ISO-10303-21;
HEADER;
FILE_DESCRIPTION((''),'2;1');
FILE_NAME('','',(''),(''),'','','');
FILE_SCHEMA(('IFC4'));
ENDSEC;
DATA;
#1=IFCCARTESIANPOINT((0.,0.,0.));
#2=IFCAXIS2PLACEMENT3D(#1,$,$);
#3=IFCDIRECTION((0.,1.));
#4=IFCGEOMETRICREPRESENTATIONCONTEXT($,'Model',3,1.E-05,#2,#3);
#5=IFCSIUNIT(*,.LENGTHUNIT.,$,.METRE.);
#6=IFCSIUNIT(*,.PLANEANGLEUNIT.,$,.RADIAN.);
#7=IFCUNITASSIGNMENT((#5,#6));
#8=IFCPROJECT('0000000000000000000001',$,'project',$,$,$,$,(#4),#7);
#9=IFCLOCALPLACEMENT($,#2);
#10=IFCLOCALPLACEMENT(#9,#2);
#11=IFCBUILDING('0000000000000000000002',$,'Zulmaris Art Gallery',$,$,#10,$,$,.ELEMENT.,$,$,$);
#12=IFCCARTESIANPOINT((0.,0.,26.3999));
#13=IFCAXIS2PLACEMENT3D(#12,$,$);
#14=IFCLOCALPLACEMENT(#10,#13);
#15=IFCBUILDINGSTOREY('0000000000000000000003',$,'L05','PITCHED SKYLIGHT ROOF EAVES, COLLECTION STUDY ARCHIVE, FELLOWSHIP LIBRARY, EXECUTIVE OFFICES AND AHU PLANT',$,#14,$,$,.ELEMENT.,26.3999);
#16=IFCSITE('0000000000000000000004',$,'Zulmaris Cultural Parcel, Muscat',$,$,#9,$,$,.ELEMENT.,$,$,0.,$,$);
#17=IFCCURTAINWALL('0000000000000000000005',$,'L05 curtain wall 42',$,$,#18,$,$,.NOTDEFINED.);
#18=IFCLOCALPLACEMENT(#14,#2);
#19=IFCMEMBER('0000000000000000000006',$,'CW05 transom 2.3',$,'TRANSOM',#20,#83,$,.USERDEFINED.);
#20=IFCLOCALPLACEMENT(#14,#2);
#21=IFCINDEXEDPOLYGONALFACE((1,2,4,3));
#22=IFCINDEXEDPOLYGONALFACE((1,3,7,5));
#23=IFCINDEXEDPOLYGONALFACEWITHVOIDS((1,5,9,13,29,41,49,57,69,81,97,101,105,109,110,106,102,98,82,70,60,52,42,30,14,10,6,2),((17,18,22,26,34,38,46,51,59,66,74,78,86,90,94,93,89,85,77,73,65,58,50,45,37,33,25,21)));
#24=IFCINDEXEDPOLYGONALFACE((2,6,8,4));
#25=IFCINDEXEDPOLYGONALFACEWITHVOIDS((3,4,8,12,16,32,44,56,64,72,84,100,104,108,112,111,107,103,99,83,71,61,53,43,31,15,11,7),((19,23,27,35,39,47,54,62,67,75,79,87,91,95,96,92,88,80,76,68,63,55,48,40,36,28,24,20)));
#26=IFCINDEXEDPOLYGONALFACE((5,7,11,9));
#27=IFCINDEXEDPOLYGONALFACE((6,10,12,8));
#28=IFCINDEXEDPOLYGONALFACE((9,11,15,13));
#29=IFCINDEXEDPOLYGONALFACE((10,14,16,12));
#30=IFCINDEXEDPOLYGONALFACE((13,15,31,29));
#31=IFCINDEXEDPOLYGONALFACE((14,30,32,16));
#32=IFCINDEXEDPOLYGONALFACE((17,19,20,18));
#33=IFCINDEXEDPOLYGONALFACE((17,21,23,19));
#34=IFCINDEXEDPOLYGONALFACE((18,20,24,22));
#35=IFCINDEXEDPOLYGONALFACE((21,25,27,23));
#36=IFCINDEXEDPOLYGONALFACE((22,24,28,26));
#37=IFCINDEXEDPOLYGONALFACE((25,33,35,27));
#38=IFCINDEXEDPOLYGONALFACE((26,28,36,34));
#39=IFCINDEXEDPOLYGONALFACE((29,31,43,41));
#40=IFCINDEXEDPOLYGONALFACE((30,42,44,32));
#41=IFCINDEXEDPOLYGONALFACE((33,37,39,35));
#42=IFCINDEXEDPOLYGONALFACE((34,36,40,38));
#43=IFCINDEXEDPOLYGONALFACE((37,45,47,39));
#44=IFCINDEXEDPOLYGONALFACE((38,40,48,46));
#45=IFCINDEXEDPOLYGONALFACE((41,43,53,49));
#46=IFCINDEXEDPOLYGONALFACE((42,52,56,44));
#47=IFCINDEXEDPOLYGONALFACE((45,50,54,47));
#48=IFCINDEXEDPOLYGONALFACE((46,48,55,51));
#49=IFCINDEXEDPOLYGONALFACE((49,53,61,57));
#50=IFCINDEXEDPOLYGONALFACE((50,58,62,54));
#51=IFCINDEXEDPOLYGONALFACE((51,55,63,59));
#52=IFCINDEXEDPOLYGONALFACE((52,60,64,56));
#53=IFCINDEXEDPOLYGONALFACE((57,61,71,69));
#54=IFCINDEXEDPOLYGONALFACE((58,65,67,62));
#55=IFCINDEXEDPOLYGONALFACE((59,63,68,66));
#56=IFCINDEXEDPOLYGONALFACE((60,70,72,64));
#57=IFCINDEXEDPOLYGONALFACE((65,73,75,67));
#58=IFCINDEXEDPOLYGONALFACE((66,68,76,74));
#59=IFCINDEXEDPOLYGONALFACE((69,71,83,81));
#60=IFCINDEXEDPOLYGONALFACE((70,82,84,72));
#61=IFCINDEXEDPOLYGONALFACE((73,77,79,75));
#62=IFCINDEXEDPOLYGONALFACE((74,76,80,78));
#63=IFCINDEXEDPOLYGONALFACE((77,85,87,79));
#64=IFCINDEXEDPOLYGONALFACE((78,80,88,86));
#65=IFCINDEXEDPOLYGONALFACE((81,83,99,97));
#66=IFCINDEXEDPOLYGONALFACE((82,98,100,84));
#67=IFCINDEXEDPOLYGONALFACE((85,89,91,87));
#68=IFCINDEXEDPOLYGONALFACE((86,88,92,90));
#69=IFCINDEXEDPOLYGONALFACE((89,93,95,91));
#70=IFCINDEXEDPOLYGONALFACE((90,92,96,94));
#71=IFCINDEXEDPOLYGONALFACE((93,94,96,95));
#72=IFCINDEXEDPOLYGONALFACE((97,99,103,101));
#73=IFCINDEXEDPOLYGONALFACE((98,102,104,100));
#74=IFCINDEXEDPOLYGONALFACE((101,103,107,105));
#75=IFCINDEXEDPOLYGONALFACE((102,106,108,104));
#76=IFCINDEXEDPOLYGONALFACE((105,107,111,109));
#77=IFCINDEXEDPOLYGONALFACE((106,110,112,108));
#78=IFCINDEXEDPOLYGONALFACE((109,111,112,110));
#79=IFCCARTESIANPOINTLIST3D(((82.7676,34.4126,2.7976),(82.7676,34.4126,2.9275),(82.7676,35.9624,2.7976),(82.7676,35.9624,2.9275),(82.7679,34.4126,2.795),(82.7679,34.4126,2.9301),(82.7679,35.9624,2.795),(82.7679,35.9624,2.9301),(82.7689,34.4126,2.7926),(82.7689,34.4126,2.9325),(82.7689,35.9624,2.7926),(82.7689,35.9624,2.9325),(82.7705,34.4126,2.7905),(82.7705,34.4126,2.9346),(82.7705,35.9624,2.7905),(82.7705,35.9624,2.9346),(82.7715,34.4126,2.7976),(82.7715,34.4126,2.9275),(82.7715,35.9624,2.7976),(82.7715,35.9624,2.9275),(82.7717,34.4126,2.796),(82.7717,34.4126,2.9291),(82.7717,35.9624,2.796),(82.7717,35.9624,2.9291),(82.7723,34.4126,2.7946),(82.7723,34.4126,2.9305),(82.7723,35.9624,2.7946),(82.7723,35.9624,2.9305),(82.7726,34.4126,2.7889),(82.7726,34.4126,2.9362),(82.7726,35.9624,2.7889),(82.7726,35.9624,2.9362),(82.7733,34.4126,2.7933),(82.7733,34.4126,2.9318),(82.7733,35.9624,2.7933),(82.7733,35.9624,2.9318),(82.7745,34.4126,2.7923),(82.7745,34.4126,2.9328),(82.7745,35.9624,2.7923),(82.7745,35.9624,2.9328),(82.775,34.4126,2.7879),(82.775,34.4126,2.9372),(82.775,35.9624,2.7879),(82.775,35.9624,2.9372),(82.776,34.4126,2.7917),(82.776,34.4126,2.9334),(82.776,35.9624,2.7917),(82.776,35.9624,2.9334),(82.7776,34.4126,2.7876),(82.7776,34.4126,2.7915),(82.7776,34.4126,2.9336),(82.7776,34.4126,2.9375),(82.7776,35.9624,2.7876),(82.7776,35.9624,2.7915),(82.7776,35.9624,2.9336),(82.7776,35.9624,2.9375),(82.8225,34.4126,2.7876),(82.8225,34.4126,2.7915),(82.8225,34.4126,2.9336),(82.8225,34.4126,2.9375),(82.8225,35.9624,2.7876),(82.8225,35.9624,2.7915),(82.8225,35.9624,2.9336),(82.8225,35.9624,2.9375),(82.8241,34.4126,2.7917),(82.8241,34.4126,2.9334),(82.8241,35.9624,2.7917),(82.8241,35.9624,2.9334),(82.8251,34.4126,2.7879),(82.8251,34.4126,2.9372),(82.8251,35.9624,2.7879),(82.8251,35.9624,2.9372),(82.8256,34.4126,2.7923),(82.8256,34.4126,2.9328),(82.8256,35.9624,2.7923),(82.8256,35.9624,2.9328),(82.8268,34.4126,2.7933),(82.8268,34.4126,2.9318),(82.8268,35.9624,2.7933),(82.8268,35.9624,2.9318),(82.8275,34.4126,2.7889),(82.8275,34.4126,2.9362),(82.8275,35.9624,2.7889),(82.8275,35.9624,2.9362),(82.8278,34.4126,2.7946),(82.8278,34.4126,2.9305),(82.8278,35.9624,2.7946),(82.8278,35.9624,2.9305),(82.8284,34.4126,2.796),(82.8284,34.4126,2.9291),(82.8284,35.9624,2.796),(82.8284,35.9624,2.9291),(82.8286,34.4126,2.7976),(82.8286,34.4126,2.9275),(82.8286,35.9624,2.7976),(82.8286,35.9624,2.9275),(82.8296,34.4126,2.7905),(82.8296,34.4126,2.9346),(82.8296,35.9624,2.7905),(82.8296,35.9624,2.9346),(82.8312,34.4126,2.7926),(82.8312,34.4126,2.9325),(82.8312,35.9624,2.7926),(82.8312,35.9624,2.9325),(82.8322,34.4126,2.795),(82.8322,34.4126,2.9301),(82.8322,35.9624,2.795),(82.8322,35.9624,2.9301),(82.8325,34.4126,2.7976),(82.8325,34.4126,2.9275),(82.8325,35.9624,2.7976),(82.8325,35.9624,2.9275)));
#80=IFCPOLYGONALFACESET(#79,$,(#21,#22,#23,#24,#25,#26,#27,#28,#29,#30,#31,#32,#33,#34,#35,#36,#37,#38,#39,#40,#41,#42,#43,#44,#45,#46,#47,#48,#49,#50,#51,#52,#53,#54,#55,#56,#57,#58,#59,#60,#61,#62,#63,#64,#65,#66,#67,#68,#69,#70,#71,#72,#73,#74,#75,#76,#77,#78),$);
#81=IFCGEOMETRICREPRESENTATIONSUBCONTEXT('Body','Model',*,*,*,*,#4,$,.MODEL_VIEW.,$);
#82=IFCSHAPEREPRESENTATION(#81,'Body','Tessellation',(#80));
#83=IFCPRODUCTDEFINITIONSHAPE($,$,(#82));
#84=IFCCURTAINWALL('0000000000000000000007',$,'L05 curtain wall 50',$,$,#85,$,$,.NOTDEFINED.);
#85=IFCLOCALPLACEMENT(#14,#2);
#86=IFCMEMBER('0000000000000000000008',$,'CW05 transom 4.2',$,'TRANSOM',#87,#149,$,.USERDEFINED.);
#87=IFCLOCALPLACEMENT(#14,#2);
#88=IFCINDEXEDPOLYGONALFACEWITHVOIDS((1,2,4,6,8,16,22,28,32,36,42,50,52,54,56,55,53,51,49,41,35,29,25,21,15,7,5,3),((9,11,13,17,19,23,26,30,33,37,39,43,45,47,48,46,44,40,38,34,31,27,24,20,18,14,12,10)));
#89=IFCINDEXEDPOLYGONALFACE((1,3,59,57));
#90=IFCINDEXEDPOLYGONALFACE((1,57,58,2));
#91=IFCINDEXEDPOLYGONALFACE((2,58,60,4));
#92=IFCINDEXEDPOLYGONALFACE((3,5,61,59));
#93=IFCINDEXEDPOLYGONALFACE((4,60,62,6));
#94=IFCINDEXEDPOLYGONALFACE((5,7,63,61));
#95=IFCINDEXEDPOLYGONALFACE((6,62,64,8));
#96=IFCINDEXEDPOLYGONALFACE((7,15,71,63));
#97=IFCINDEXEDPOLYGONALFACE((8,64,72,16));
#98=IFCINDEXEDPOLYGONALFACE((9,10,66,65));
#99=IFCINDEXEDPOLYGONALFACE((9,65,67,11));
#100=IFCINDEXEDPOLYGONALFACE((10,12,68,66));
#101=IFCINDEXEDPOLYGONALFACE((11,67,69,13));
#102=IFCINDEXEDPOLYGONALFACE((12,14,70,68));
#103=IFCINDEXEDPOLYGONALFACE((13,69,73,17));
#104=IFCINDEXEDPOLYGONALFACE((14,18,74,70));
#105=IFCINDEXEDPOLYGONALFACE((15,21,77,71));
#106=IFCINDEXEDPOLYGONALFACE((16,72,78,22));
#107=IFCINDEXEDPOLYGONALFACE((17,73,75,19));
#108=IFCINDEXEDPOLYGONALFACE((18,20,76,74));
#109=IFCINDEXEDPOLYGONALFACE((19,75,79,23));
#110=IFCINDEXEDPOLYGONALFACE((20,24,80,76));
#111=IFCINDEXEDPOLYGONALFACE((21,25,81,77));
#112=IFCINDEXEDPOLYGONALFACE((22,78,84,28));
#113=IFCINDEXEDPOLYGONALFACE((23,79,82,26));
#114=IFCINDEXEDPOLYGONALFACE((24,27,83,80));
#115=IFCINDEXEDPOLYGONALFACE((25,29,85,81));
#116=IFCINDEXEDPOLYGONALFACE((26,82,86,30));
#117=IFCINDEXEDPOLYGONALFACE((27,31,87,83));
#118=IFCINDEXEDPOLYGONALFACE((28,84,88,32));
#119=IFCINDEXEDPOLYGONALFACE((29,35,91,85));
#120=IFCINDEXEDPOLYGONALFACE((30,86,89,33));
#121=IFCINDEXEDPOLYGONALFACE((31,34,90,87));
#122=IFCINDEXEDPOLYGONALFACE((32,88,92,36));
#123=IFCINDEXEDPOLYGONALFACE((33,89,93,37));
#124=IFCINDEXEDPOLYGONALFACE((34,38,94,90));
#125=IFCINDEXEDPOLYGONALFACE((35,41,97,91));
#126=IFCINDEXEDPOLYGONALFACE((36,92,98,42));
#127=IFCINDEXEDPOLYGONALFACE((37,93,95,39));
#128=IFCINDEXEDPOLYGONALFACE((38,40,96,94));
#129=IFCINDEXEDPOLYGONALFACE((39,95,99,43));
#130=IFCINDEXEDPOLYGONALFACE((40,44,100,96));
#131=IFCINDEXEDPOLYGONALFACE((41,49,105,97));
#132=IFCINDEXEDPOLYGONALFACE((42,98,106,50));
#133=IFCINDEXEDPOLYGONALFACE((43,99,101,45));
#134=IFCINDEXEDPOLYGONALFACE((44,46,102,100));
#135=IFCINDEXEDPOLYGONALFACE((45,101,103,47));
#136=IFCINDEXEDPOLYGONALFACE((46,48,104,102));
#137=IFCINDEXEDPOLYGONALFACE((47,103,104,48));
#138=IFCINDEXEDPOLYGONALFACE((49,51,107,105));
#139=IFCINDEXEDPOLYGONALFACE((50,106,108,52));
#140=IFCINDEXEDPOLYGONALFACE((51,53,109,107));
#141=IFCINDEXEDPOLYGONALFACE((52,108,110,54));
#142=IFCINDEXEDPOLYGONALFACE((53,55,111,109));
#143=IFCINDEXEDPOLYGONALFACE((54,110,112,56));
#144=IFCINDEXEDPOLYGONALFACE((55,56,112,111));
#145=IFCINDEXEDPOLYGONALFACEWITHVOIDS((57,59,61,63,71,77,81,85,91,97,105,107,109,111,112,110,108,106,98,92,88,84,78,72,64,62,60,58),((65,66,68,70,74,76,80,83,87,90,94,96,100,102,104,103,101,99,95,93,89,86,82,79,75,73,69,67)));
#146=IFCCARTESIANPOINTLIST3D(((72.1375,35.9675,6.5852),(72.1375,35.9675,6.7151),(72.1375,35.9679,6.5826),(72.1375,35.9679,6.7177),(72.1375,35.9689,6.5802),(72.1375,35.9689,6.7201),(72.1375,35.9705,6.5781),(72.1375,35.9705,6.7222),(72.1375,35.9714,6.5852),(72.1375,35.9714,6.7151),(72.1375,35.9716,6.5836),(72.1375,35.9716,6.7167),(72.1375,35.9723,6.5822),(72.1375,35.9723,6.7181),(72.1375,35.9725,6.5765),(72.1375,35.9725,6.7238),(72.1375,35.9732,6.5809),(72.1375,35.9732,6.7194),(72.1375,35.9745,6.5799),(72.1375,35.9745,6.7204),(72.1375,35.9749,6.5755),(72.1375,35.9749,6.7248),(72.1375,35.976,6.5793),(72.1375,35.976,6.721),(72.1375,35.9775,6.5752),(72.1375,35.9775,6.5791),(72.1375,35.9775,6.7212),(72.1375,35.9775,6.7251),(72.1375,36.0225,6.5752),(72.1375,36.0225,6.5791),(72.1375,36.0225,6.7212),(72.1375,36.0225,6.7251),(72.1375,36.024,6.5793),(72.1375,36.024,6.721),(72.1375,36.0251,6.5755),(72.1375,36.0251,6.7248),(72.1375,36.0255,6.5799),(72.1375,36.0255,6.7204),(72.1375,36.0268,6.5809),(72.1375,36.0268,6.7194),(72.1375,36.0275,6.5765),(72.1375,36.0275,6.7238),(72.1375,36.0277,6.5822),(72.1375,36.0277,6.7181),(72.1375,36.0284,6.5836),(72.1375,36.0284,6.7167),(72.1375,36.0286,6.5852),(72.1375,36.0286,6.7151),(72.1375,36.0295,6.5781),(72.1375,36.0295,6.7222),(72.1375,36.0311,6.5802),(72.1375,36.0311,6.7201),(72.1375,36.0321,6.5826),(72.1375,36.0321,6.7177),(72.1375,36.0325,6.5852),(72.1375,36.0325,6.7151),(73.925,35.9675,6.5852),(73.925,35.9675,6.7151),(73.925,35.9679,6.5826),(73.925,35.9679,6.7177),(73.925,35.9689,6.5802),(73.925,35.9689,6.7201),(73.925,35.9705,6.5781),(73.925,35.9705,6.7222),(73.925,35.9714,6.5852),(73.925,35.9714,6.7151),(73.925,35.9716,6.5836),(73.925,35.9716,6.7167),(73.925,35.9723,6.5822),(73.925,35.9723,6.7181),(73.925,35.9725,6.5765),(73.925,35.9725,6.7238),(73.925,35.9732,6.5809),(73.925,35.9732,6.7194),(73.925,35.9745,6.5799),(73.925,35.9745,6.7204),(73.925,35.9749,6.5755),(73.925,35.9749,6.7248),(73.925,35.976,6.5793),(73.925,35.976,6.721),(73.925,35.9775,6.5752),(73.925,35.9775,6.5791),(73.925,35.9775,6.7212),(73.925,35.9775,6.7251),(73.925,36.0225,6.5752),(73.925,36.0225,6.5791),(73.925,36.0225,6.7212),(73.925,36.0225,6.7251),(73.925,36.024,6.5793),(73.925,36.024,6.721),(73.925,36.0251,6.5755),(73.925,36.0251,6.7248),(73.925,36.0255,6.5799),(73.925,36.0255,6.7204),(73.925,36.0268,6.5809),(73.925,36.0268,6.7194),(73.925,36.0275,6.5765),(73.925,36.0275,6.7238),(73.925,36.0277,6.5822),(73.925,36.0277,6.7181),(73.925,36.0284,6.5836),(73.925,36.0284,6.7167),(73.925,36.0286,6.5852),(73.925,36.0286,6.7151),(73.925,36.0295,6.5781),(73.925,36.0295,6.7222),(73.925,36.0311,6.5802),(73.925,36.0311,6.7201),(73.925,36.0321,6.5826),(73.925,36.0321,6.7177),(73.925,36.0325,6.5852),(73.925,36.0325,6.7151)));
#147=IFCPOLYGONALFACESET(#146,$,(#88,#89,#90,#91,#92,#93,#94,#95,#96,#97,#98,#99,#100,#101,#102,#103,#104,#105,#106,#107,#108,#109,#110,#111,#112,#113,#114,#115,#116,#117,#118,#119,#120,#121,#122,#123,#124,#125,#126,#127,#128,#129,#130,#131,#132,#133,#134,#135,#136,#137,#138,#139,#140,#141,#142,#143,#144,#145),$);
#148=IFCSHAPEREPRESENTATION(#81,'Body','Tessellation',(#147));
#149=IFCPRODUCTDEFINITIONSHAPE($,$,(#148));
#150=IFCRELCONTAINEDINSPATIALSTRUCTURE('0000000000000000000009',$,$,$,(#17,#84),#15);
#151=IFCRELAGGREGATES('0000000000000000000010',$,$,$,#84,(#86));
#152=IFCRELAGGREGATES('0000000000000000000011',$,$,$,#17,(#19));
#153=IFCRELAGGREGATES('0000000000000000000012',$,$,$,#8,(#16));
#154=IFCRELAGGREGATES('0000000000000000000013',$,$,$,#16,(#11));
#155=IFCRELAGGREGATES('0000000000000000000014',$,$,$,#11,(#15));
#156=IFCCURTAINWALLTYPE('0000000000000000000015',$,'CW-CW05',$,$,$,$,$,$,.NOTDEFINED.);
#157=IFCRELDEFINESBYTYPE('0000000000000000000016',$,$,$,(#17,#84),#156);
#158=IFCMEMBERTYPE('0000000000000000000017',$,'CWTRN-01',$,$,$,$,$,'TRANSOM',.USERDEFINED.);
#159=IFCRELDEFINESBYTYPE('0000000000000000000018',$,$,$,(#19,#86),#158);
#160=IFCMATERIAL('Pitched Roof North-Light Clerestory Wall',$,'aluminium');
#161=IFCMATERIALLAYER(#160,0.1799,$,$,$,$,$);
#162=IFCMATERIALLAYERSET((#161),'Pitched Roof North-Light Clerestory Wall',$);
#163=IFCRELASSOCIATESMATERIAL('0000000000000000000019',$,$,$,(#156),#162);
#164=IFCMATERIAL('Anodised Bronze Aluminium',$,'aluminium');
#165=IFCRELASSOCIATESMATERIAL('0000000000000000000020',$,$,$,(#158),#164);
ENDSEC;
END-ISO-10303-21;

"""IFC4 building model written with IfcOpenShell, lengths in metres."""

from ifc_helpers import new_model, si_unit, direction, frame, origin, origin_2d, place, context, subcontext, project, spatial, hollow_rectangle, extrude, material, layer, layer_set, material_profile, profile_set, type_object, element, aggregate, save


model = new_model("IFC4")

# Units and contexts
model_context = context("Model", 3, precision=1e-05, world=origin(), true_north=direction((0.0, 1.0)))
body_context = subcontext(model_context, "Body", "Model", "MODEL_VIEW")
ifc_project = project(units=[si_unit("LENGTHUNIT", "METRE"), si_unit("PLANEANGLEUNIT", "RADIAN")], contexts=[model_context])

# Site, building, storey
site_placement = place(None, origin())
site = spatial("IfcSite", under=ifc_project, at=site_placement, Name="Zulmaris Cultural Parcel, Muscat", CompositionType="ELEMENT", RefElevation=0.0)
building_placement = place(site_placement, origin())
building = spatial("IfcBuilding", under=site, at=building_placement, Name="Zulmaris Art Gallery", CompositionType="ELEMENT")
storey_placement = place(building_placement, frame((0.0, 0.0, 26.3999)))
storey = spatial("IfcBuildingStorey", under=building, at=storey_placement, Name="L05", Description="PITCHED SKYLIGHT ROOF EAVES, COLLECTION STUDY ARCHIVE, FELLOWSHIP LIBRARY, EXECUTIVE OFFICES AND AHU PLANT", CompositionType="ELEMENT", Elevation=26.3999)

# Curtain wall
ifc_material_1 = material(Name="Pitched Roof North-Light Clerestory Wall", Category="aluminium")
ifc_layer_1 = layer(ifc_material_1, 0.1799)
ifc_layer_set_1 = layer_set([ifc_layer_1], Name="Pitched Roof North-Light Clerestory Wall")
curtain_wall_type = type_object("IfcCurtainWallType", Name="CW-CW05", PredefinedType="NOTDEFINED", material=ifc_layer_set_1)
ifc_material_2 = material(Name="Anodised Bronze Aluminium", Category="aluminium")
curtain_wall_1_placement = place(storey_placement, origin())
curtain_wall_1 = element("IfcCurtainWall", 1, at=curtain_wall_1_placement, inside=storey, type_object=curtain_wall_type, Name="L05 curtain wall 42", PredefinedType="NOTDEFINED")

# Member
ifc_material_profile_1 = material_profile(ifc_material_2, hollow_rectangle(XDim=0.0649, YDim=0.1499, WallThickness=0.0039, InnerFilletRadius=0.0061, OuterFilletRadius=0.01, at=origin_2d()), Name="ALU 65x150x4")
ifc_profile_set_1 = profile_set([ifc_material_profile_1], Name="Anodised Bronze Aluminium")
member_type_1 = type_object("IfcMemberType", Name="CWTRN-01", ElementType="TRANSOM", PredefinedType="USERDEFINED", material=ifc_profile_set_1)
member_1_placement = place(storey_placement, frame((82.8, 34.4126, 2.8625), z_axis=(0.0, 1.0, 0.0), x_axis=(-1.0, 0.0, 0.0)))
member_1 = element("IfcMember", 2, at=member_1_placement, type_object=member_type_1, Name="CW05 transom 2.3", ObjectType="TRANSOM", PredefinedType="USERDEFINED", context=body_context, shape_type="SweptSolid", body=[
    extrude(hollow_rectangle(XDim=0.0649, YDim=0.1499, WallThickness=0.0039, InnerFilletRadius=0.0061, OuterFilletRadius=0.01, at=origin_2d()), origin(), (0.0, 0.0, 1.0), 1.5498),
])

# Curtain wall, member
curtain_wall_2_placement = place(storey_placement, origin())
curtain_wall_2 = element("IfcCurtainWall", 3, at=curtain_wall_2_placement, inside=storey, type_object=curtain_wall_type, Name="L05 curtain wall 50", PredefinedType="NOTDEFINED")
member_2_placement = place(storey_placement, frame((72.1375, 36.0, 6.6501), z_axis=(1.0, 0.0, 0.0), x_axis=(0.0, 1.0, 0.0)))
member_2 = element("IfcMember", 4, at=member_2_placement, type_object=member_type_1, Name="CW05 transom 4.2", ObjectType="TRANSOM", PredefinedType="USERDEFINED", context=body_context, shape_type="SweptSolid", body=[
    extrude(hollow_rectangle(XDim=0.0649, YDim=0.1499, WallThickness=0.0039, InnerFilletRadius=0.0061, OuterFilletRadius=0.01, at=origin_2d()), origin(), (0.0, 0.0, 1.0), 1.7876),
])
aggregate(curtain_wall_2, [member_2])

aggregate(curtain_wall_1, [member_1])

save(model, "model.ifc")
